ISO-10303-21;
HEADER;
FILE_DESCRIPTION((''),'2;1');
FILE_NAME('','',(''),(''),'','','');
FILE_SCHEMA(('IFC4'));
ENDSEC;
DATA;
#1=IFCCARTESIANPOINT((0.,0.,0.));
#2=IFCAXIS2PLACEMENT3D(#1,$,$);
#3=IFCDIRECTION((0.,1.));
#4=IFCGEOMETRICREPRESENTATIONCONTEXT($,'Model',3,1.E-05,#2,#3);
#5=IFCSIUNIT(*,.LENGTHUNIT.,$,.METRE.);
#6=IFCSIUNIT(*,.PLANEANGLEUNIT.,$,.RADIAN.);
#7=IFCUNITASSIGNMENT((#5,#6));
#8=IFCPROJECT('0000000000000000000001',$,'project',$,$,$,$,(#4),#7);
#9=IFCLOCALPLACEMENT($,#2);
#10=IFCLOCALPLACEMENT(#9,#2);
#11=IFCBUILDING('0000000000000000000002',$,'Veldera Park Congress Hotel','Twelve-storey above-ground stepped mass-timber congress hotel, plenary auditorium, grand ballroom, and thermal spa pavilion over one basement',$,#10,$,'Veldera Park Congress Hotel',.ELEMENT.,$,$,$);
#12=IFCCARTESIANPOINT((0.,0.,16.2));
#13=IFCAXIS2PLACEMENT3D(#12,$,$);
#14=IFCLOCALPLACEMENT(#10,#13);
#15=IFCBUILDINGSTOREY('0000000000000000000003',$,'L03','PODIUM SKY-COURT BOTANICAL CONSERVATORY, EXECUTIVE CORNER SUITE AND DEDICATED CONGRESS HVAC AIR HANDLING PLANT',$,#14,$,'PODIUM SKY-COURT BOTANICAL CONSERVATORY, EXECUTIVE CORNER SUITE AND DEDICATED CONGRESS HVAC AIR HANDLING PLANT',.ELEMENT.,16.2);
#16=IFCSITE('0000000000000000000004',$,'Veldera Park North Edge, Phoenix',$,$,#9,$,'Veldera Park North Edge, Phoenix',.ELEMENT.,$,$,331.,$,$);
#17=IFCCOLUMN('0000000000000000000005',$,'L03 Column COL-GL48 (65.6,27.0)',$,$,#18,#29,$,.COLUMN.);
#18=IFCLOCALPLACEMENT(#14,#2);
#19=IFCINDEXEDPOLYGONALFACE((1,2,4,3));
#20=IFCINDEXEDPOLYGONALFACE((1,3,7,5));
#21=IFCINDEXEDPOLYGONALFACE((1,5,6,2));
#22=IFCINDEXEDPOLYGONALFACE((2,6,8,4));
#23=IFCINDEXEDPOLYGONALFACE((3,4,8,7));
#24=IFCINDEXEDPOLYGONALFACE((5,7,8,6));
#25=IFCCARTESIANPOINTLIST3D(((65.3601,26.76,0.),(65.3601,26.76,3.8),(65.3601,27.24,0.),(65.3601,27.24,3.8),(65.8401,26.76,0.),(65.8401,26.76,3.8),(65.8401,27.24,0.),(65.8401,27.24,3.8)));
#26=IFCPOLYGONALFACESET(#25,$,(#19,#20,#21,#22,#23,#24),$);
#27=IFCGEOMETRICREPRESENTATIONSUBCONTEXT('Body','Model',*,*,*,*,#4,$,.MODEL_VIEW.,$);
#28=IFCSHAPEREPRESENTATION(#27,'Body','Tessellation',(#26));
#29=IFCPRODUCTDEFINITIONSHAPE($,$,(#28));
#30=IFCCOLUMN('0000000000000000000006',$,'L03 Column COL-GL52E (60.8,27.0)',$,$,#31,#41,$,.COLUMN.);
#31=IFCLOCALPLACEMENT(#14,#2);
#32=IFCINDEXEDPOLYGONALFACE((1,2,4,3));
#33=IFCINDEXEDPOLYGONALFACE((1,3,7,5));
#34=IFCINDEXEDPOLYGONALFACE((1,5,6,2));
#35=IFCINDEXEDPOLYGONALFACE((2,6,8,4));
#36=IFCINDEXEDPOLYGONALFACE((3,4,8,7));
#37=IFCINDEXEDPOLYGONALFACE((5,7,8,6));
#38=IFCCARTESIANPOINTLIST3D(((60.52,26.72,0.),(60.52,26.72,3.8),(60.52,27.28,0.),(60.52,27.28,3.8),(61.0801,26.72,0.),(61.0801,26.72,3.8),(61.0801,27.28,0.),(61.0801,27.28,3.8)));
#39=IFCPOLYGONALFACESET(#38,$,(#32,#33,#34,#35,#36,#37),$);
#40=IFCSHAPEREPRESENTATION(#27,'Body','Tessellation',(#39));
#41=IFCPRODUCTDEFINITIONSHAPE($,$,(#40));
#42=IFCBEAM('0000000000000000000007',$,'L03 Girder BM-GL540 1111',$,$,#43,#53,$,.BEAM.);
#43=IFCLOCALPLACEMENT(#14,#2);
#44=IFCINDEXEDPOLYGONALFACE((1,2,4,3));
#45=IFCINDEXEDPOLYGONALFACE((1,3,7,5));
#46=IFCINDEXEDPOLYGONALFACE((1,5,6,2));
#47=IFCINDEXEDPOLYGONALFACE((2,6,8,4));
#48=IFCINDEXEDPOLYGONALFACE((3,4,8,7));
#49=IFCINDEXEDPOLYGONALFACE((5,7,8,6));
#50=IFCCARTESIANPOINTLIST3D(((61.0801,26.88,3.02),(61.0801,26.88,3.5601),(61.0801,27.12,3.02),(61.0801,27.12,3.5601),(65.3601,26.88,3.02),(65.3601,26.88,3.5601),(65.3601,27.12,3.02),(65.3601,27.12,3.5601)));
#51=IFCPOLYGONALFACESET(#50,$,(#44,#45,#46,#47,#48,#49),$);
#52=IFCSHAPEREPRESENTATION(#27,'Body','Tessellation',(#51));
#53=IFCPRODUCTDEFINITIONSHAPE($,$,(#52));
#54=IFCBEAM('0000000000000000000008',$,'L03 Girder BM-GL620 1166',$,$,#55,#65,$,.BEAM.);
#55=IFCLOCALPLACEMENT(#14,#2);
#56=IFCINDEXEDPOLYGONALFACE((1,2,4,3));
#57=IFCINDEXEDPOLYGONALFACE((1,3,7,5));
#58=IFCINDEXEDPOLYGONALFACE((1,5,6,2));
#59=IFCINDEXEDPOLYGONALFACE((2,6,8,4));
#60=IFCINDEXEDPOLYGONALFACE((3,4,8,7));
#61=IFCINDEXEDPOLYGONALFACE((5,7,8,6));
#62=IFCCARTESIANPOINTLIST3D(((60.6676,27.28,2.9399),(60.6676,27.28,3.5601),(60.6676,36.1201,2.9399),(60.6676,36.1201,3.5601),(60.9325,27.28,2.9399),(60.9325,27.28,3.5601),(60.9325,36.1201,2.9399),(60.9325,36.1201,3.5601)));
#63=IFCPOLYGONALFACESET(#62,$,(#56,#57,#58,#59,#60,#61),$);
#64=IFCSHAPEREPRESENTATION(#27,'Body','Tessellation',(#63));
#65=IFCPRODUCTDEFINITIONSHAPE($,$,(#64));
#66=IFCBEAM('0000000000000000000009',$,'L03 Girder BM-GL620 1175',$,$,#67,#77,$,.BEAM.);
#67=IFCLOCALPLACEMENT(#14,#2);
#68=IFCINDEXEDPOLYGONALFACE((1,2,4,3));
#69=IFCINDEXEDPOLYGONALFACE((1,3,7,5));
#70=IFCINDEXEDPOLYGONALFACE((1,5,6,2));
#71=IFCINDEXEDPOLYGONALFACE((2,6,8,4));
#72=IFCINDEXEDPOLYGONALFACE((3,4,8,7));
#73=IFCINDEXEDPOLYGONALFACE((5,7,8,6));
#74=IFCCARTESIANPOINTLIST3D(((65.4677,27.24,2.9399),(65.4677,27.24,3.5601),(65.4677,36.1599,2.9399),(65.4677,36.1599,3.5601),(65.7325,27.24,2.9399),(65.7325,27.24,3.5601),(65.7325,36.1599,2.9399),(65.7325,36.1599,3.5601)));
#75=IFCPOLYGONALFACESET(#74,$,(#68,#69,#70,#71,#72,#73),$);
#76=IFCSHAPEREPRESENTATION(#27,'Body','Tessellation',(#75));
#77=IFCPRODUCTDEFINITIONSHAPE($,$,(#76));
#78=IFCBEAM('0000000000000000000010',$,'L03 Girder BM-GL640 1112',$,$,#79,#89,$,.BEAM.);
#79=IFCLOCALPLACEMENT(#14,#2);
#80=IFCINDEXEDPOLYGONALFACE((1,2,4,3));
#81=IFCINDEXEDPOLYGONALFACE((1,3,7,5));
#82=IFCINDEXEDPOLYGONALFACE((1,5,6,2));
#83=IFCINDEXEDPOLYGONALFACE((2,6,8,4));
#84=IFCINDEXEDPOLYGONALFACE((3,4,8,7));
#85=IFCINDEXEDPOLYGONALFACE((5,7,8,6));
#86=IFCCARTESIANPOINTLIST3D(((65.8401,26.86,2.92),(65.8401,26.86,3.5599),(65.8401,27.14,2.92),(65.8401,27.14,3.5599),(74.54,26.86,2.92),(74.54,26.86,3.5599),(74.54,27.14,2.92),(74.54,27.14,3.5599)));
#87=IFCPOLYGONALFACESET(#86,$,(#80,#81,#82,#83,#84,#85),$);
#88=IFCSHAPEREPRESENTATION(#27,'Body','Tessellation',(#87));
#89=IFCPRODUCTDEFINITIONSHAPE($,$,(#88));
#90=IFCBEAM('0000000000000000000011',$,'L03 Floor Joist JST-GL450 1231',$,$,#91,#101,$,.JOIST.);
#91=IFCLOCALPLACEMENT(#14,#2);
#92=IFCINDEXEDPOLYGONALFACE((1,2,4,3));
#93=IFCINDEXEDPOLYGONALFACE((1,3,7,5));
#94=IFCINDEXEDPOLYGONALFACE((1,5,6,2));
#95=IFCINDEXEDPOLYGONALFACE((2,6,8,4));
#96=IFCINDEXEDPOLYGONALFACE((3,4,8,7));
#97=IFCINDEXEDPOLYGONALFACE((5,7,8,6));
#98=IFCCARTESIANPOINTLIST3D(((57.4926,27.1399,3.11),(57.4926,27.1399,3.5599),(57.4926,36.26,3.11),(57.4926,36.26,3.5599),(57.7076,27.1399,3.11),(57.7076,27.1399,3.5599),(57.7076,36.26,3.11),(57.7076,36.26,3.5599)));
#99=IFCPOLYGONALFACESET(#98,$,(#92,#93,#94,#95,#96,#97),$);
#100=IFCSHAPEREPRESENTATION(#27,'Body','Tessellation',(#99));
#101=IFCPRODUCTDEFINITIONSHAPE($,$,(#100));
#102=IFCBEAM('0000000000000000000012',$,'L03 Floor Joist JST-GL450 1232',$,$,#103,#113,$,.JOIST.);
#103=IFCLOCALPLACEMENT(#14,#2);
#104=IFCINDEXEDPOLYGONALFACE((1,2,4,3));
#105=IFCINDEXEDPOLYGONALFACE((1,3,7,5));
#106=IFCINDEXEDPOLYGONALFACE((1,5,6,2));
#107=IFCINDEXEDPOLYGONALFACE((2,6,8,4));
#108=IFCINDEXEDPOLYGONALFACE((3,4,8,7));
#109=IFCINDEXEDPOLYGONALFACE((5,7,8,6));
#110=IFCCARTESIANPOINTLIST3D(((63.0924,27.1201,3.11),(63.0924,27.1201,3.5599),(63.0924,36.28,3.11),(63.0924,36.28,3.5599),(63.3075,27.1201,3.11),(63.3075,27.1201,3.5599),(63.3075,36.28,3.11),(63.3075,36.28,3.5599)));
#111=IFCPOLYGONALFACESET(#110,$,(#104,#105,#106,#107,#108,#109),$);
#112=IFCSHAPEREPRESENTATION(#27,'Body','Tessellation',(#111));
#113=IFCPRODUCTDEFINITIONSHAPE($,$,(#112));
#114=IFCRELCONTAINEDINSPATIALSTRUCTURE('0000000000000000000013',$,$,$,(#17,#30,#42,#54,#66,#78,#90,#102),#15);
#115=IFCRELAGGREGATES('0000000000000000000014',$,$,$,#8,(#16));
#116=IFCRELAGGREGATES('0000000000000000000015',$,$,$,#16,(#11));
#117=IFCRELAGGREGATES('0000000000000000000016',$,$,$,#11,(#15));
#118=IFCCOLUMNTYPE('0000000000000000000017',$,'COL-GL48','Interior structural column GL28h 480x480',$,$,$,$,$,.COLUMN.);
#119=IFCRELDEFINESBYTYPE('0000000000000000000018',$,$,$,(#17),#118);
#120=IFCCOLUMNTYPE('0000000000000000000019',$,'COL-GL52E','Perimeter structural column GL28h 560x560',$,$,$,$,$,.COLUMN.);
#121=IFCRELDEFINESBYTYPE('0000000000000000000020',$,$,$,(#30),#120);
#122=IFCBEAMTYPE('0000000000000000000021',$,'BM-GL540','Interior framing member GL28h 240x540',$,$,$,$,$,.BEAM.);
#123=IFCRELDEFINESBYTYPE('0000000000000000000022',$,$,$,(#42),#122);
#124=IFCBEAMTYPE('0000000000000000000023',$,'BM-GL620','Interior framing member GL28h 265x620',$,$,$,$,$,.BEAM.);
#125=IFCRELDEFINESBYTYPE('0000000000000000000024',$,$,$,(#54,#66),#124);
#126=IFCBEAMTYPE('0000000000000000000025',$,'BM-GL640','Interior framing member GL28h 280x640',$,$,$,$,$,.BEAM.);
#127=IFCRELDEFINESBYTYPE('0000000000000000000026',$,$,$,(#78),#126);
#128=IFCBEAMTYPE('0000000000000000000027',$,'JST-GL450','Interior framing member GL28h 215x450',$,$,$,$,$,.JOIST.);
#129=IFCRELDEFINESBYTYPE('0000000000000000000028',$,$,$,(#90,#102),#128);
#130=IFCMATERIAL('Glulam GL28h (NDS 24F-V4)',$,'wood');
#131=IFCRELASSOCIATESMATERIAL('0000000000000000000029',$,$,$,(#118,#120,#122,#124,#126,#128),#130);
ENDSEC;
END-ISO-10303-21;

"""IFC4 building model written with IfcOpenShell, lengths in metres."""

from ifc_helpers import new_model, si_unit, direction, frame, origin, origin_2d, place, context, subcontext, project, spatial, rectangle, extrude, material, material_profile, profile_set, type_object, element, save


model = new_model("IFC4")

# Units and contexts
model_context = context("Model", 3, precision=1e-05, world=origin(), true_north=direction((0.0, 1.0)))
body_context = subcontext(model_context, "Body", "Model", "MODEL_VIEW")
ifc_project = project(units=[si_unit("LENGTHUNIT", "METRE"), si_unit("PLANEANGLEUNIT", "RADIAN")], contexts=[model_context])

# Site, building, storey
site_placement = place(None, origin())
site = spatial("IfcSite", under=ifc_project, at=site_placement, Name="Veldera Park North Edge, Phoenix", LongName="Veldera Park North Edge, Phoenix", CompositionType="ELEMENT", RefElevation=331.0)
building_placement = place(site_placement, origin())
building = spatial("IfcBuilding", under=site, at=building_placement, Name="Veldera Park Congress Hotel", Description="Twelve-storey above-ground stepped mass-timber congress hotel, plenary auditorium, grand ballroom, and thermal spa pavilion over one basement", LongName="Veldera Park Congress Hotel", CompositionType="ELEMENT")
storey_placement = place(building_placement, frame((0.0, 0.0, 16.2)))
storey = spatial("IfcBuildingStorey", under=building, at=storey_placement, Name="L03", Description="PODIUM SKY-COURT BOTANICAL CONSERVATORY, EXECUTIVE CORNER SUITE AND DEDICATED CONGRESS HVAC AIR HANDLING PLANT", LongName="PODIUM SKY-COURT BOTANICAL CONSERVATORY, EXECUTIVE CORNER SUITE AND DEDICATED CONGRESS HVAC AIR HANDLING PLANT", CompositionType="ELEMENT", Elevation=16.2)

# Columns
ifc_material_1 = material(Name="Glulam GL28h (NDS 24F-V4)", Category="wood")
ifc_material_profile_1 = material_profile(ifc_material_1, rectangle(XDim=0.48, YDim=0.48, at=origin_2d()), Name="GL28h 480x480")
ifc_profile_set_1 = profile_set([ifc_material_profile_1], Name="Glulam GL28h (NDS 24F-V4)")
column_type_1 = type_object("IfcColumnType", Name="COL-GL48", Description="Interior structural column GL28h 480x480", PredefinedType="COLUMN", material=ifc_profile_set_1)
column_1_placement = place(storey_placement, frame((65.6001, 27.0, 0.0), z_axis=(0.0, 0.0, 1.0), x_axis=(1.0, 0.0, 0.0)))
element("IfcColumn", 1, at=column_1_placement, inside=storey, type_object=column_type_1, Name="L03 Column COL-GL48 (65.6,27.0)", PredefinedType="COLUMN", context=body_context, shape_type="SweptSolid", body=[
    extrude(rectangle(XDim=0.48, YDim=0.48, at=origin_2d()), origin(), (0.0, 0.0, 1.0), 3.8),
])
ifc_material_profile_2 = material_profile(ifc_material_1, rectangle(XDim=0.5601, YDim=0.5601, at=origin_2d()), Name="GL28h 560x560")
ifc_profile_set_2 = profile_set([ifc_material_profile_2], Name="Glulam GL28h (NDS 24F-V4)")
column_type_2 = type_object("IfcColumnType", Name="COL-GL52E", Description="Perimeter structural column GL28h 560x560", PredefinedType="COLUMN", material=ifc_profile_set_2)
column_2_placement = place(storey_placement, frame((60.8, 27.0, 0.0), z_axis=(0.0, 0.0, 1.0), x_axis=(1.0, 0.0, 0.0)))
element("IfcColumn", 2, at=column_2_placement, inside=storey, type_object=column_type_2, Name="L03 Column COL-GL52E (60.8,27.0)", PredefinedType="COLUMN", context=body_context, shape_type="SweptSolid", body=[
    extrude(rectangle(XDim=0.5601, YDim=0.5601, at=origin_2d()), origin(), (0.0, 0.0, 1.0), 3.8),
])

# Beams
ifc_material_profile_3 = material_profile(ifc_material_1, rectangle(XDim=0.24, YDim=0.54, at=origin_2d()), Name="GL28h 240x540")
ifc_profile_set_3 = profile_set([ifc_material_profile_3], Name="Glulam GL28h (NDS 24F-V4)")
beam_type_1 = type_object("IfcBeamType", Name="BM-GL540", Description="Interior framing member GL28h 240x540", PredefinedType="BEAM", material=ifc_profile_set_3)
beam_1_placement = place(storey_placement, frame((61.0801, 27.0, 3.29), z_axis=(1.0, 0.0, 0.0), x_axis=(0.0, 1.0, 0.0)))
element("IfcBeam", 3, at=beam_1_placement, inside=storey, type_object=beam_type_1, Name="L03 Girder BM-GL540 1111", PredefinedType="BEAM", context=body_context, shape_type="SweptSolid", body=[
    extrude(rectangle(XDim=0.24, YDim=0.54, at=origin_2d()), origin(), (0.0, 0.0, 1.0), 4.28),
])
ifc_material_profile_4 = material_profile(ifc_material_1, rectangle(XDim=0.2649, YDim=0.6201, at=origin_2d()), Name="GL28h 265x620")
ifc_profile_set_4 = profile_set([ifc_material_profile_4], Name="Glulam GL28h (NDS 24F-V4)")
beam_type_2 = type_object("IfcBeamType", Name="BM-GL620", Description="Interior framing member GL28h 265x620", PredefinedType="BEAM", material=ifc_profile_set_4)
beam_2_placement = place(storey_placement, frame((60.8, 27.28, 3.25), z_axis=(0.0, 1.0, 0.0), x_axis=(-1.0, 0.0, 0.0)))
element("IfcBeam", 4, at=beam_2_placement, inside=storey, type_object=beam_type_2, Name="L03 Girder BM-GL620 1166", PredefinedType="BEAM", context=body_context, shape_type="SweptSolid", body=[
    extrude(rectangle(XDim=0.2649, YDim=0.6201, at=origin_2d()), origin(), (0.0, 0.0, 1.0), 8.8401),
])
beam_3_placement = place(storey_placement, frame((65.6001, 27.24, 3.25), z_axis=(0.0, 1.0, 0.0), x_axis=(-1.0, 0.0, 0.0)))
element("IfcBeam", 5, at=beam_3_placement, inside=storey, type_object=beam_type_2, Name="L03 Girder BM-GL620 1175", PredefinedType="BEAM", context=body_context, shape_type="SweptSolid", body=[
    extrude(rectangle(XDim=0.2649, YDim=0.6201, at=origin_2d()), origin(), (0.0, 0.0, 1.0), 8.9199),
])
ifc_material_profile_5 = material_profile(ifc_material_1, rectangle(XDim=0.28, YDim=0.6399, at=origin_2d()), Name="GL28h 280x640")
ifc_profile_set_5 = profile_set([ifc_material_profile_5], Name="Glulam GL28h (NDS 24F-V4)")
beam_type_3 = type_object("IfcBeamType", Name="BM-GL640", Description="Interior framing member GL28h 280x640", PredefinedType="BEAM", material=ifc_profile_set_5)
beam_4_placement = place(storey_placement, frame((65.8401, 27.0, 3.24), z_axis=(1.0, 0.0, 0.0), x_axis=(0.0, 1.0, 0.0)))
element("IfcBeam", 6, at=beam_4_placement, inside=storey, type_object=beam_type_3, Name="L03 Girder BM-GL640 1112", PredefinedType="BEAM", context=body_context, shape_type="SweptSolid", body=[
    extrude(rectangle(XDim=0.28, YDim=0.6399, at=origin_2d()), origin(), (0.0, 0.0, 1.0), 8.7),
])
ifc_material_profile_6 = material_profile(ifc_material_1, rectangle(XDim=0.2151, YDim=0.45, at=origin_2d()), Name="GL28h 215x450")
ifc_profile_set_6 = profile_set([ifc_material_profile_6], Name="Glulam GL28h (NDS 24F-V4)")
beam_type_4 = type_object("IfcBeamType", Name="JST-GL450", Description="Interior framing member GL28h 215x450", PredefinedType="JOIST", material=ifc_profile_set_6)
beam_5_placement = place(storey_placement, frame((57.6001, 27.1399, 3.335), z_axis=(0.0, 1.0, 0.0), x_axis=(-1.0, 0.0, 0.0)))
element("IfcBeam", 7, at=beam_5_placement, inside=storey, type_object=beam_type_4, Name="L03 Floor Joist JST-GL450 1231", PredefinedType="JOIST", context=body_context, shape_type="SweptSolid", body=[
    extrude(rectangle(XDim=0.2151, YDim=0.45, at=origin_2d()), origin(), (0.0, 0.0, 1.0), 9.1201),
])
beam_6_placement = place(storey_placement, frame((63.2, 27.1201, 3.335), z_axis=(0.0, 1.0, 0.0), x_axis=(-1.0, 0.0, 0.0)))
element("IfcBeam", 8, at=beam_6_placement, inside=storey, type_object=beam_type_4, Name="L03 Floor Joist JST-GL450 1232", PredefinedType="JOIST", context=body_context, shape_type="SweptSolid", body=[
    extrude(rectangle(XDim=0.2151, YDim=0.45, at=origin_2d()), origin(), (0.0, 0.0, 1.0), 9.1599),
])

save(model, "model.ifc")
